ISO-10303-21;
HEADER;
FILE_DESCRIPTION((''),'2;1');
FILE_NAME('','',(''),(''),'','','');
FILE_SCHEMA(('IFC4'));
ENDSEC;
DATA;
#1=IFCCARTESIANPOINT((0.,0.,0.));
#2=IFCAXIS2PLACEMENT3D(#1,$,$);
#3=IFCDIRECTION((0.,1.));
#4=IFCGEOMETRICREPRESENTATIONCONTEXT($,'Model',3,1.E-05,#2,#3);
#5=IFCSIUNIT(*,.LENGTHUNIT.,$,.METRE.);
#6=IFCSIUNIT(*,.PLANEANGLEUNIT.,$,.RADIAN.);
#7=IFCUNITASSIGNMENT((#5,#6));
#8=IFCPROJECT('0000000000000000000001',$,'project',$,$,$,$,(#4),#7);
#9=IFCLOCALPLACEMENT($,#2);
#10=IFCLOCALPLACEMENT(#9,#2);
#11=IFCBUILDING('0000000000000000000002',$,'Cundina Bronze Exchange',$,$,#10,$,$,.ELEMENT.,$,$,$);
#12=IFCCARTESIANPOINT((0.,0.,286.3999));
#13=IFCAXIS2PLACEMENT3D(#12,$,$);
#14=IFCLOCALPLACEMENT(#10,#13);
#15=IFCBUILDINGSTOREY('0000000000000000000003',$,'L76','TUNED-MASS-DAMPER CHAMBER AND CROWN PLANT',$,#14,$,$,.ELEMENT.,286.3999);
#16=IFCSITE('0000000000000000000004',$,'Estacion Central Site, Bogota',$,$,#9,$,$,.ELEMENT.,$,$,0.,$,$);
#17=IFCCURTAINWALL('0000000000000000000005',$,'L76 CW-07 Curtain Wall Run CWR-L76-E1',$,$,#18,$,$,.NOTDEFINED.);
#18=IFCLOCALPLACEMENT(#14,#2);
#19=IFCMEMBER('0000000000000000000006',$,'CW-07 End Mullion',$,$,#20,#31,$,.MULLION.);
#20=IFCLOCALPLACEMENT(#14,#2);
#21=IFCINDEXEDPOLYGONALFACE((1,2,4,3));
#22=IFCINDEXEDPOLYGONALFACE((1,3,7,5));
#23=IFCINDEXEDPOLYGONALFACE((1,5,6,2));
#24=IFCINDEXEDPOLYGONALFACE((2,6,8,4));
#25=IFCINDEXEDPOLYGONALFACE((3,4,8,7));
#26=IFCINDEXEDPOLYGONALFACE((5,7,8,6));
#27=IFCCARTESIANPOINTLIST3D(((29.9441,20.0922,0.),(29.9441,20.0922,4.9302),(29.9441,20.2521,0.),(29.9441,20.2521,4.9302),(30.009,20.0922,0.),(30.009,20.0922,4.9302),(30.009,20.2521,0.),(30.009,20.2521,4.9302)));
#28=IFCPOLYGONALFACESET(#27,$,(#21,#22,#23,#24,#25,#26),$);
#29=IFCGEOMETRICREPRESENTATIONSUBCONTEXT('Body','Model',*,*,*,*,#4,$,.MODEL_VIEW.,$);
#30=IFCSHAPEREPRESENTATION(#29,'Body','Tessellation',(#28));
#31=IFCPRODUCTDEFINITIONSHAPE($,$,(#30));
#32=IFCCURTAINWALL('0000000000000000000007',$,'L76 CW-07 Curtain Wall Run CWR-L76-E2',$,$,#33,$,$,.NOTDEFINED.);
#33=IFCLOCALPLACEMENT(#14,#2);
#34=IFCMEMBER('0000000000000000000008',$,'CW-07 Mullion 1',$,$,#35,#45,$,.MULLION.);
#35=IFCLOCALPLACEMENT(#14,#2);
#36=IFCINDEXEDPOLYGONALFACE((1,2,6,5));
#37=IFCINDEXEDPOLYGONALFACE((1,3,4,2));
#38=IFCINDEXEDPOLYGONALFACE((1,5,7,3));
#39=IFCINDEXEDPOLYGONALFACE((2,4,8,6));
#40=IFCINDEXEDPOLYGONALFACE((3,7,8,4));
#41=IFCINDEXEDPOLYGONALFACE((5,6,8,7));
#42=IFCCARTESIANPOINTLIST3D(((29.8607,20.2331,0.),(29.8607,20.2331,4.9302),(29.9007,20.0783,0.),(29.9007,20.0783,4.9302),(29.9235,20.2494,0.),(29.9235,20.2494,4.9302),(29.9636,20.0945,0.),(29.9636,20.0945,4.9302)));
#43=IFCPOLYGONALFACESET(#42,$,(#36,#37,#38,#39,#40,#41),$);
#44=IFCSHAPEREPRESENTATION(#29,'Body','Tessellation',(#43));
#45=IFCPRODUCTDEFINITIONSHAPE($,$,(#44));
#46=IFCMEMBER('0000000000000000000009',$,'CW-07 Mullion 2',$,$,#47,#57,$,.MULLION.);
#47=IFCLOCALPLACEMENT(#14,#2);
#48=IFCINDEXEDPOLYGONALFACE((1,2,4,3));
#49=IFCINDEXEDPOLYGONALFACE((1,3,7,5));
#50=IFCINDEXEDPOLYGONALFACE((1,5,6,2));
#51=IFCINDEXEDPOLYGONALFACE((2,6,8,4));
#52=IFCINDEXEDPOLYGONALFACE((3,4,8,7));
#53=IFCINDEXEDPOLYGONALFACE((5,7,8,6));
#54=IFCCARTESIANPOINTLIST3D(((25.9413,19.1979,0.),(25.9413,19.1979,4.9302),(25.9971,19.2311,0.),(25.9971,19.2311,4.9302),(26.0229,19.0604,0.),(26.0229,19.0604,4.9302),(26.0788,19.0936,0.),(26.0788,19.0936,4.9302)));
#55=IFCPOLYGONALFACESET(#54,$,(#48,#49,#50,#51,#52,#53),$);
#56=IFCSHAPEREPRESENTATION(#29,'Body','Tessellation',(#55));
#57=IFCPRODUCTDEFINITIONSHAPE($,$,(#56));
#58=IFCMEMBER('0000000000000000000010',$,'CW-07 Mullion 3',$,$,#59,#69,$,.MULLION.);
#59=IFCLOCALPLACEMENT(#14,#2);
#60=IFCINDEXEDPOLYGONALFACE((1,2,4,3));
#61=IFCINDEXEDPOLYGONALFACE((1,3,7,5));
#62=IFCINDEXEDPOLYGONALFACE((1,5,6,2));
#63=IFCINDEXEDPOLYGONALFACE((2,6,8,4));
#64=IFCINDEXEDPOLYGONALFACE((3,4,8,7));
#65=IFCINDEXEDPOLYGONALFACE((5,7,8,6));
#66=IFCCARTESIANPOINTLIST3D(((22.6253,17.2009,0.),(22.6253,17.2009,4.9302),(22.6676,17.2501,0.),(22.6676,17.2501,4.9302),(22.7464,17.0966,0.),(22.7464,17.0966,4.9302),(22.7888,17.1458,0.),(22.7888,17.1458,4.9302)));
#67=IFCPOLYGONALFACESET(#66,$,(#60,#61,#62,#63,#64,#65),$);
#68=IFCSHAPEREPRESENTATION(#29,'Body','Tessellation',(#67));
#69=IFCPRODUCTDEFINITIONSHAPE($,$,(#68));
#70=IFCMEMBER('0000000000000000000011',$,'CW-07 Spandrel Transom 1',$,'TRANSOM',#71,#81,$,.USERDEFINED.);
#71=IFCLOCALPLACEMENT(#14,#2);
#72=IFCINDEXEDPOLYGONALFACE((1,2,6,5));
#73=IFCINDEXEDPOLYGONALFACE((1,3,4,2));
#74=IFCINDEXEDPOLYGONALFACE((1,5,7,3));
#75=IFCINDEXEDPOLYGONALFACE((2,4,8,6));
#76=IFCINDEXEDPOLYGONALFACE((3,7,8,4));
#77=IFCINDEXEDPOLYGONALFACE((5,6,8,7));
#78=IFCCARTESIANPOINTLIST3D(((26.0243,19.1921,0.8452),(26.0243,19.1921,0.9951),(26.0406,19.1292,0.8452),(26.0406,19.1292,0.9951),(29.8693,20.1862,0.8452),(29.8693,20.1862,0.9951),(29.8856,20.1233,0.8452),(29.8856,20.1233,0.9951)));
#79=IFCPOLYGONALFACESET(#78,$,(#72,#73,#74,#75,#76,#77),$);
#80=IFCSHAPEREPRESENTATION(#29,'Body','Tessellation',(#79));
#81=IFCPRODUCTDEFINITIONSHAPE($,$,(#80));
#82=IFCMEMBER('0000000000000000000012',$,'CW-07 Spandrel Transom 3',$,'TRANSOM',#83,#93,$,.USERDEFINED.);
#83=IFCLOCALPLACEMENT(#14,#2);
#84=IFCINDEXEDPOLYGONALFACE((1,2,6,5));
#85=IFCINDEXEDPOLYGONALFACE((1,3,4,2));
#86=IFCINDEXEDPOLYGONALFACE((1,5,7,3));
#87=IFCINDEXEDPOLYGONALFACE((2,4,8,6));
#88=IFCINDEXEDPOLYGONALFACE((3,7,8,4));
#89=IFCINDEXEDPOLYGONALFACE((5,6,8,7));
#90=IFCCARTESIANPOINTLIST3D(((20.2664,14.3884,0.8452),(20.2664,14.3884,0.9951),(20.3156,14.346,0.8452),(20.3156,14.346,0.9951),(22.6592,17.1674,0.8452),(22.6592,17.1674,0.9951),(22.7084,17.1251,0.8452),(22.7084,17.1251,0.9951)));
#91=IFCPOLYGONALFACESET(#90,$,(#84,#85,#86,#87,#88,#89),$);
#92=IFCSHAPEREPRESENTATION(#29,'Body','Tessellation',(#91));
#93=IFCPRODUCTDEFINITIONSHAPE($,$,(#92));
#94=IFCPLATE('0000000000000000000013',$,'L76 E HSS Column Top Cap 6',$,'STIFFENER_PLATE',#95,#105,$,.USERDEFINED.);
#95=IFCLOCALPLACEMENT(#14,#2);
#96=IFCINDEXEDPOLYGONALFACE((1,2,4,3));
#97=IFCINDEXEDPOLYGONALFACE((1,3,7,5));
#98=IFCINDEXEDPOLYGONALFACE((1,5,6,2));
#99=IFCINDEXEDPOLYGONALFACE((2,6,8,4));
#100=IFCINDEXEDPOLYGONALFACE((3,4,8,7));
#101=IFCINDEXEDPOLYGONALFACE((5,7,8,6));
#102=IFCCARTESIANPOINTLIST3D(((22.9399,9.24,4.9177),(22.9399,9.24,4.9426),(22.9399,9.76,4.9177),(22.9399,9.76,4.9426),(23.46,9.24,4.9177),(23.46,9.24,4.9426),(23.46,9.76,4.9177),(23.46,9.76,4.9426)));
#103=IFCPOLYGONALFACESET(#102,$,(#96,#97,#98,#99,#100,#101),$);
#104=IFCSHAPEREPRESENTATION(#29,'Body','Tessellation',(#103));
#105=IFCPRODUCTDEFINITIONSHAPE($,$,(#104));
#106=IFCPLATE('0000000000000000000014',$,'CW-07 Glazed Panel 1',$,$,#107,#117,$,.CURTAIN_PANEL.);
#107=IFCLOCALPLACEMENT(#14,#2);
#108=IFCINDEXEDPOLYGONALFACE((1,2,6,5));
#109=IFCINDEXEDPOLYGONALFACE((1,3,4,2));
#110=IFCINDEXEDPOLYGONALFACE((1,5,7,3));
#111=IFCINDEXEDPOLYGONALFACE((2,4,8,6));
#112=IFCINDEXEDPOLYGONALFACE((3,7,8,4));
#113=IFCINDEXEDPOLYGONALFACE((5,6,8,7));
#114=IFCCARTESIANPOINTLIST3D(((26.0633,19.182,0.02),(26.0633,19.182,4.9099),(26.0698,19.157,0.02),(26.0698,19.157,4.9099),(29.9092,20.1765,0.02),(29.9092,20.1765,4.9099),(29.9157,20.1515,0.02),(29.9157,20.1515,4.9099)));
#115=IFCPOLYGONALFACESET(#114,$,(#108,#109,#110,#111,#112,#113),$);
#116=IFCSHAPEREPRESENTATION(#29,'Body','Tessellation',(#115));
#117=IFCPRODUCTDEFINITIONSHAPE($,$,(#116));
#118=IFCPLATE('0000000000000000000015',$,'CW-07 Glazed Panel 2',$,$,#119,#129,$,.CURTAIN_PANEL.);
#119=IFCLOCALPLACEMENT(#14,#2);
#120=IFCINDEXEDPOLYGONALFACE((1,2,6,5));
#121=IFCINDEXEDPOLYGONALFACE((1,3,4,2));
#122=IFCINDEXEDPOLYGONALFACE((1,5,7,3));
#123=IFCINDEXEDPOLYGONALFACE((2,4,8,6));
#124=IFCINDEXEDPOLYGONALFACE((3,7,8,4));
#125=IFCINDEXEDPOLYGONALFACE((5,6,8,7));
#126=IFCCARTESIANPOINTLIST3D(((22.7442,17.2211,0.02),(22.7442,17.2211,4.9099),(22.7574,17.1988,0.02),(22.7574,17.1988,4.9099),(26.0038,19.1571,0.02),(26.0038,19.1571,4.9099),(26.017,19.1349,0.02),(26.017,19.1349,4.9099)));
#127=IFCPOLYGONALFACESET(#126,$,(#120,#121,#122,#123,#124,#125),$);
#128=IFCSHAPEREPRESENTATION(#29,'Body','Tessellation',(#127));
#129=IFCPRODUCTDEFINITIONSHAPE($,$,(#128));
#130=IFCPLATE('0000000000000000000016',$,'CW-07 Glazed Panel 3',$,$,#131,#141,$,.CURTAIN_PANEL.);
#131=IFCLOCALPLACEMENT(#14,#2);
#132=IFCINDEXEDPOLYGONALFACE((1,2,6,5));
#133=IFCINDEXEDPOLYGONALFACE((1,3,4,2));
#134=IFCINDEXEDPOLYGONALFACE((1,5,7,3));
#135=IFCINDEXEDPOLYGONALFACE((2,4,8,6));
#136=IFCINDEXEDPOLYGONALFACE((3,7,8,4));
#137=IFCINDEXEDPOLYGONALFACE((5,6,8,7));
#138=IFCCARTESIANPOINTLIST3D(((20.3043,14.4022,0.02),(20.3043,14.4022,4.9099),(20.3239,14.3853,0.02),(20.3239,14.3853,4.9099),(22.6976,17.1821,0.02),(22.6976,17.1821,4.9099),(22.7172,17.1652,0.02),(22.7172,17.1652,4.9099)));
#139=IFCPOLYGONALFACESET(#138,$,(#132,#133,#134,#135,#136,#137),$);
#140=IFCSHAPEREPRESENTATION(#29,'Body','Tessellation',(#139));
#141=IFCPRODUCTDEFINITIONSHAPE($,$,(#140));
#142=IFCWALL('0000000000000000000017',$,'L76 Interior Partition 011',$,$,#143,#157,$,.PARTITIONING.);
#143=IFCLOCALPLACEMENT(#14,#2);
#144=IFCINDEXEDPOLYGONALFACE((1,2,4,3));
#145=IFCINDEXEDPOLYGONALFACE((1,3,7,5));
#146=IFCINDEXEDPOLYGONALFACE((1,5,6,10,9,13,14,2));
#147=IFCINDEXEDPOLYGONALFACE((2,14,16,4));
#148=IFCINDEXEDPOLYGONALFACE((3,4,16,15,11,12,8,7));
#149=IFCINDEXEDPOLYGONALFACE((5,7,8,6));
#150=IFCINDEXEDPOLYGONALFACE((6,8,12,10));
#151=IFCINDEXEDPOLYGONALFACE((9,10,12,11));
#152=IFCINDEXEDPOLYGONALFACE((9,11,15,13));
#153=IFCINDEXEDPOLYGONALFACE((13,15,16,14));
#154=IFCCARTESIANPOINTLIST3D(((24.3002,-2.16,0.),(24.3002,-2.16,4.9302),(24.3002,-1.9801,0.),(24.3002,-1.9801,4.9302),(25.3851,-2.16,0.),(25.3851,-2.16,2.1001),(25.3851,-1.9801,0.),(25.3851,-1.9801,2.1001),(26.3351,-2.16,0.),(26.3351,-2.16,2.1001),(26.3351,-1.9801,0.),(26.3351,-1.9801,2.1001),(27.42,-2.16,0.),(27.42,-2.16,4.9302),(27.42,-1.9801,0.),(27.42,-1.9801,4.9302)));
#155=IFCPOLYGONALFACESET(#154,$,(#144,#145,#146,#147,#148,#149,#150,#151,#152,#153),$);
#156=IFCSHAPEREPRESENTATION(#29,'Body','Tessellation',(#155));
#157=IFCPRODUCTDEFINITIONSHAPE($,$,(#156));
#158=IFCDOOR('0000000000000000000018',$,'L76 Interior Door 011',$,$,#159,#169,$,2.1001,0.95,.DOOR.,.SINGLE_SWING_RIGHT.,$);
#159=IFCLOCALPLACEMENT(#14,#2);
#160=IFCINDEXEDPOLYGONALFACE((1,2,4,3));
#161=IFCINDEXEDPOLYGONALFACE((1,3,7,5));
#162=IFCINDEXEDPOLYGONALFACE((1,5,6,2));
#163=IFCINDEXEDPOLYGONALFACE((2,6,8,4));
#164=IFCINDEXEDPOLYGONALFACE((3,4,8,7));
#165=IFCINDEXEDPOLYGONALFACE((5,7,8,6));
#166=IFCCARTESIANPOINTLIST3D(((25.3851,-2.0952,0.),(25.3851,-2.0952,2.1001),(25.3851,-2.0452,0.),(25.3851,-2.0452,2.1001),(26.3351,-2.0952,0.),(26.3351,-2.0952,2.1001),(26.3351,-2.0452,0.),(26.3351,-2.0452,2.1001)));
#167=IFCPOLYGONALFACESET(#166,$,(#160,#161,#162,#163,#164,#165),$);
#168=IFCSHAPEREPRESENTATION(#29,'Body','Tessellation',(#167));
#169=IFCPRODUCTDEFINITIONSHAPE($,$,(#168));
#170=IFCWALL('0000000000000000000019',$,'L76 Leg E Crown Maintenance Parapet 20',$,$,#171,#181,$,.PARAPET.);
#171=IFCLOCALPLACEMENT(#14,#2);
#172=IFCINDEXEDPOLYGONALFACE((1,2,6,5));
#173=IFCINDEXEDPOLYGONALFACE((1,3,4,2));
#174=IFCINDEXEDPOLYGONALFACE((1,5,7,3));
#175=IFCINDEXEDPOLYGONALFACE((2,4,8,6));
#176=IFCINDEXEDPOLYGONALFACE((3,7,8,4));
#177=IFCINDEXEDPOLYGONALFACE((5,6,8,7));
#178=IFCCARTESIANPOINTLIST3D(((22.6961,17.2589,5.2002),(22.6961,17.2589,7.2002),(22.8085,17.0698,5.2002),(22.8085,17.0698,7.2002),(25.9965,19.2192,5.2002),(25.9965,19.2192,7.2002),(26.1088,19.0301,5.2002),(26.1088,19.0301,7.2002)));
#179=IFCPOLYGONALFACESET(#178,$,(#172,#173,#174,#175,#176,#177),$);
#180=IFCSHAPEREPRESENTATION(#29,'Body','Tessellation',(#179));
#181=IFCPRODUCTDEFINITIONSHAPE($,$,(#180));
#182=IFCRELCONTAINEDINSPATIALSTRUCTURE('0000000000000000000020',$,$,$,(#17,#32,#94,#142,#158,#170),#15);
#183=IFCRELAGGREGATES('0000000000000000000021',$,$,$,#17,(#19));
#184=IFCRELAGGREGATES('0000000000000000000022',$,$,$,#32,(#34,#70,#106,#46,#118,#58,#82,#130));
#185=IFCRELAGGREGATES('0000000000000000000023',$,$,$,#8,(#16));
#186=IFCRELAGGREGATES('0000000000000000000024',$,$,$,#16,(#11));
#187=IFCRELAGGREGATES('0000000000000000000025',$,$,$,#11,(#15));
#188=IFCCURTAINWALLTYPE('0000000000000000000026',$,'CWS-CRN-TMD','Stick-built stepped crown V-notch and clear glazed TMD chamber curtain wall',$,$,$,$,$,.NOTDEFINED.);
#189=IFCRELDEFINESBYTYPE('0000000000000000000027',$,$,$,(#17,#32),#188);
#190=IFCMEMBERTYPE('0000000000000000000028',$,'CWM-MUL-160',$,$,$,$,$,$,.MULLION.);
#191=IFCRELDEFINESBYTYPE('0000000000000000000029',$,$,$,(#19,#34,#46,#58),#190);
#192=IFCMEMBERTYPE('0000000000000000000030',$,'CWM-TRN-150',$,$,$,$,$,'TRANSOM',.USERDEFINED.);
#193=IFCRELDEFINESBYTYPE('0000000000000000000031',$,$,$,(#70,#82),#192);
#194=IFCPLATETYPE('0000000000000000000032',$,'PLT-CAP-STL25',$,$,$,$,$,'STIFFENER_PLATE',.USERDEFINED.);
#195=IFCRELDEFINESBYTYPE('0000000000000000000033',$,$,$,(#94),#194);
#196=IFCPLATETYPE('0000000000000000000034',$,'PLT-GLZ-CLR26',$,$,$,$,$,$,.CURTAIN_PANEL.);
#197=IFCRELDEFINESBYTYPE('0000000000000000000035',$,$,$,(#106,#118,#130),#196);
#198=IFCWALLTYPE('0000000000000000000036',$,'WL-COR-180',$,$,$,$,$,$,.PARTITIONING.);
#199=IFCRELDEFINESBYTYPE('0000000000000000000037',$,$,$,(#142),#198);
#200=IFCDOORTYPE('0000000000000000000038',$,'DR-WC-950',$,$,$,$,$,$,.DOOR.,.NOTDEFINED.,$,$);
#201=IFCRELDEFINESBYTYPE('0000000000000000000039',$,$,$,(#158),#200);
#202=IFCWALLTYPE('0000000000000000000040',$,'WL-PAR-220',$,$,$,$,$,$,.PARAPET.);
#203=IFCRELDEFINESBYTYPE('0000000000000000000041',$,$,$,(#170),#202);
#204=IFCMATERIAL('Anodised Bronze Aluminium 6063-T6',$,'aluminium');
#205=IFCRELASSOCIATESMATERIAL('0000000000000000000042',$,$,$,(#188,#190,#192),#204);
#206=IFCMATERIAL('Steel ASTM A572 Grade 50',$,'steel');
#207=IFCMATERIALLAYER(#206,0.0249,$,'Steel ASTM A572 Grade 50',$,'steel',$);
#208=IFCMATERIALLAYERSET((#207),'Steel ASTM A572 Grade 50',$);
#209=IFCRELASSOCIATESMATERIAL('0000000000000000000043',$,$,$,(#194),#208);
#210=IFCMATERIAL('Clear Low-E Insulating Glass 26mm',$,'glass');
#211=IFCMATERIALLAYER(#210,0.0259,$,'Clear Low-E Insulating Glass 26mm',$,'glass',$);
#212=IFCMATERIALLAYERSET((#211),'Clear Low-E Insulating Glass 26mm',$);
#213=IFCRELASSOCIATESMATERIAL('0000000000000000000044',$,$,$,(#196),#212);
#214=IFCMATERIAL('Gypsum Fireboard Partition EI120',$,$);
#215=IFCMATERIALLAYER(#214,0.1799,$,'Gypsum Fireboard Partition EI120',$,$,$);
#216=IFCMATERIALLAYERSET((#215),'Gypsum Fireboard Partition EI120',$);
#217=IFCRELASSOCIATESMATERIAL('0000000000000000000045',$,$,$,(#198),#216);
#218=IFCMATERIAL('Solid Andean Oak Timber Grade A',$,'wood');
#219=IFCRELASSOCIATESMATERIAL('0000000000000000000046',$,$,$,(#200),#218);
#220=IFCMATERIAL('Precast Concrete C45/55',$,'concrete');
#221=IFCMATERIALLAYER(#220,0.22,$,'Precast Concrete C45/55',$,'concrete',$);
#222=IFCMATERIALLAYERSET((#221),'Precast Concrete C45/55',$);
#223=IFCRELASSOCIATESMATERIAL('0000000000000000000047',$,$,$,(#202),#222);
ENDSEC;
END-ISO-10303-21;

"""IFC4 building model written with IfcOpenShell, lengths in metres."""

from ifc_helpers import new_model, si_unit, direction, frame, frame_2d, origin, origin_2d, place, context, subcontext, project, spatial, rectangle, extrude, material, layer, layer_set, material_profile, profile_set, type_object, element, fill, aggregate, save


model = new_model("IFC4")

# Units and contexts
model_context = context("Model", 3, precision=1e-05, world=origin(), true_north=direction((0.0, 1.0)))
body_context = subcontext(model_context, "Body", "Model", "MODEL_VIEW")
ifc_project = project(units=[si_unit("LENGTHUNIT", "METRE"), si_unit("PLANEANGLEUNIT", "RADIAN")], contexts=[model_context])

# Site, building, storey
site_placement = place(None, origin())
site = spatial("IfcSite", under=ifc_project, at=site_placement, Name="Estacion Central Site, Bogota", CompositionType="ELEMENT", RefElevation=0.0)
building_placement = place(site_placement, origin())
building = spatial("IfcBuilding", under=site, at=building_placement, Name="Cundina Bronze Exchange", CompositionType="ELEMENT")
storey_placement = place(building_placement, frame((0.0, 0.0, 286.3999)))
storey = spatial("IfcBuildingStorey", under=building, at=storey_placement, Name="L76", Description="TUNED-MASS-DAMPER CHAMBER AND CROWN PLANT", CompositionType="ELEMENT", Elevation=286.3999)

# Curtain wall, member
ifc_material_1 = material(Name="Anodised Bronze Aluminium 6063-T6", Category="aluminium")
curtain_wall_type = type_object("IfcCurtainWallType", Name="CWS-CRN-TMD", Description="Stick-built stepped crown V-notch and clear glazed TMD chamber curtain wall", PredefinedType="NOTDEFINED", material=ifc_material_1)
curtain_wall_1_placement = place(storey_placement, origin())
curtain_wall_1 = element("IfcCurtainWall", 1, at=curtain_wall_1_placement, inside=storey, type_object=curtain_wall_type, Name="L76 CW-07 Curtain Wall Run CWR-L76-E1", PredefinedType="NOTDEFINED")
ifc_material_profile_1 = material_profile(ifc_material_1, rectangle(XDim=0.0649, YDim=0.1599, at=origin_2d()), Name="AL65X160", Category="aluminium")
ifc_profile_set_1 = profile_set([ifc_material_profile_1], Name="Anodised Bronze Aluminium 6063-T6")
member_type_1 = type_object("IfcMemberType", Name="CWM-MUL-160", PredefinedType="MULLION", material=ifc_profile_set_1)
member_1_placement = place(storey_placement, frame((29.9766, 20.1721, 0.0), z_axis=(0.0, 0.0, 1.0), x_axis=(-1.0, 0.0, 0.0)))
member_1 = element("IfcMember", 2, at=member_1_placement, type_object=member_type_1, Name="CW-07 End Mullion", PredefinedType="MULLION", context=body_context, shape_type="SweptSolid", body=[
    extrude(rectangle(XDim=0.0649, YDim=0.1599, at=origin_2d()), origin(), (0.0, 0.0, 1.0), 4.9302),
])
aggregate(curtain_wall_1, [member_1])

# Curtain wall, members
curtain_wall_2_placement = place(storey_placement, origin())
curtain_wall_2 = element("IfcCurtainWall", 3, at=curtain_wall_2_placement, inside=storey, type_object=curtain_wall_type, Name="L76 CW-07 Curtain Wall Run CWR-L76-E2", PredefinedType="NOTDEFINED")
member_2_placement = place(storey_placement, frame((29.9121, 20.1638, 0.0), z_axis=(0.0, 0.0, 1.0), x_axis=(-0.968148, -0.25038, 0.0)))
member_2 = element("IfcMember", 4, at=member_2_placement, type_object=member_type_1, Name="CW-07 Mullion 1", PredefinedType="MULLION", context=body_context, shape_type="SweptSolid", body=[
    extrude(rectangle(XDim=0.0649, YDim=0.1599, at=origin_2d()), origin(), (0.0, 0.0, 1.0), 4.9302),
])
member_3_placement = place(storey_placement, frame((26.01, 19.1458, 0.0), z_axis=(0.0, 0.0, 1.0), x_axis=(-0.859763, -0.510693, 0.0)))
member_3 = element("IfcMember", 5, at=member_3_placement, type_object=member_type_1, Name="CW-07 Mullion 2", PredefinedType="MULLION", context=body_context, shape_type="SweptSolid", body=[
    extrude(rectangle(XDim=0.0649, YDim=0.1599, at=origin_2d()), origin(), (0.0, 0.0, 1.0), 4.9302),
])
member_4_placement = place(storey_placement, frame((22.707, 17.1733, 0.0), z_axis=(0.0, 0.0, 1.0), x_axis=(-0.652495, -0.757793, 0.0)))
member_4 = element("IfcMember", 6, at=member_4_placement, type_object=member_type_1, Name="CW-07 Mullion 3", PredefinedType="MULLION", context=body_context, shape_type="SweptSolid", body=[
    extrude(rectangle(XDim=0.0649, YDim=0.1599, at=origin_2d()), origin(), (0.0, 0.0, 1.0), 4.9302),
])
ifc_material_profile_2 = material_profile(ifc_material_1, rectangle(XDim=0.0649, YDim=0.1499, at=origin_2d()), Name="AL65X150", Category="aluminium")
ifc_profile_set_2 = profile_set([ifc_material_profile_2], Name="Anodised Bronze Aluminium 6063-T6")
member_type_2 = type_object("IfcMemberType", Name="CWM-TRN-150", ElementType="TRANSOM", PredefinedType="USERDEFINED", material=ifc_profile_set_2)
member_5_placement = place(storey_placement, frame((29.8774, 20.1548, 0.9202), z_axis=(-0.968162, -0.250324, 0.0), x_axis=(0.250324, -0.968162, 0.0)))
member_5 = element("IfcMember", 7, at=member_5_placement, type_object=member_type_2, Name="CW-07 Spandrel Transom 1", ObjectType="TRANSOM", PredefinedType="USERDEFINED", context=body_context, shape_type="SweptSolid", body=[
    extrude(rectangle(XDim=0.0649, YDim=0.1499, at=origin_2d()), origin(), (0.0, 0.0, 1.0), 3.9714),
])
member_6_placement = place(storey_placement, frame((22.6838, 17.1462, 0.9202), z_axis=(-0.652484, -0.757803, 0.0), x_axis=(0.757803, -0.652484, 0.0)))
member_6 = element("IfcMember", 8, at=member_6_placement, type_object=member_type_2, Name="CW-07 Spandrel Transom 3", ObjectType="TRANSOM", PredefinedType="USERDEFINED", context=body_context, shape_type="SweptSolid", body=[
    extrude(rectangle(XDim=0.0649, YDim=0.1499, at=origin_2d()), origin(), (0.0, 0.0, 1.0), 3.6672),
])

# Plates
ifc_material_2 = material(Name="Steel ASTM A572 Grade 50", Category="steel")
ifc_layer_1 = layer(ifc_material_2, 0.0249, Name="Steel ASTM A572 Grade 50", Category="steel")
ifc_layer_set_1 = layer_set([ifc_layer_1], Name="Steel ASTM A572 Grade 50")
plate_type_1 = type_object("IfcPlateType", Name="PLT-CAP-STL25", ElementType="STIFFENER_PLATE", PredefinedType="USERDEFINED", material=ifc_layer_set_1)
plate_1_placement = place(storey_placement, frame((23.2, 9.5, 4.9177), z_axis=(0.0, 0.0, 1.0), x_axis=(1.0, 0.0, 0.0)))
element("IfcPlate", 9, at=plate_1_placement, inside=storey, type_object=plate_type_1, Name="L76 E HSS Column Top Cap 6", ObjectType="STIFFENER_PLATE", PredefinedType="USERDEFINED", context=body_context, shape_type="SweptSolid", body=[
    extrude(rectangle(XDim=0.52, YDim=0.52, at=origin_2d()), origin(), (0.0, 0.0, 1.0), 0.0249),
])
ifc_material_3 = material(Name="Clear Low-E Insulating Glass 26mm", Category="glass")
ifc_layer_2 = layer(ifc_material_3, 0.0259, Name="Clear Low-E Insulating Glass 26mm", Category="glass")
ifc_layer_set_2 = layer_set([ifc_layer_2], Name="Clear Low-E Insulating Glass 26mm")
plate_type_2 = type_object("IfcPlateType", Name="PLT-GLZ-CLR26", PredefinedType="CURTAIN_PANEL", material=ifc_layer_set_2)
plate_2_placement = place(storey_placement, frame((27.9895, 19.6667, 0.02), z_axis=(0.0, 0.0, 1.0), x_axis=(-0.968156, -0.250346, 0.0)))
plate_2 = element("IfcPlate", 10, at=plate_2_placement, type_object=plate_type_2, Name="CW-07 Glazed Panel 1", PredefinedType="CURTAIN_PANEL", context=body_context, shape_type="SweptSolid", body=[
    extrude(rectangle(XDim=3.9724, YDim=0.0259, at=origin_2d()), origin(), (0.0, 0.0, 1.0), 4.8899),
])
plate_3_placement = place(storey_placement, frame((24.3806, 18.178, 0.02), z_axis=(0.0, 0.0, 1.0), x_axis=(-0.859781, -0.510663, 0.0)))
plate_3 = element("IfcPlate", 11, at=plate_3_placement, type_object=plate_type_2, Name="CW-07 Glazed Panel 2", PredefinedType="CURTAIN_PANEL", context=body_context, shape_type="SweptSolid", body=[
    extrude(rectangle(XDim=3.7913, YDim=0.0259, at=origin_2d()), origin(), (0.0, 0.0, 1.0), 4.8899),
])
plate_4_placement = place(storey_placement, frame((21.5107, 15.7837, 0.02), z_axis=(0.0, 0.0, 1.0), x_axis=(-0.652456, -0.757827, 0.0)))
plate_4 = element("IfcPlate", 12, at=plate_4_placement, type_object=plate_type_2, Name="CW-07 Glazed Panel 3", PredefinedType="CURTAIN_PANEL", context=body_context, shape_type="SweptSolid", body=[
    extrude(rectangle(XDim=3.6682, YDim=0.0259, at=origin_2d()), origin(), (0.0, 0.0, 1.0), 4.8899),
])
aggregate(curtain_wall_2, [member_2, member_5, plate_2, member_3, plate_3, member_4, member_6, plate_4])

# Wall, opening, door
ifc_material_4 = material(Name="Gypsum Fireboard Partition EI120")
ifc_layer_3 = layer(ifc_material_4, 0.1799, Name="Gypsum Fireboard Partition EI120")
ifc_layer_set_3 = layer_set([ifc_layer_3], Name="Gypsum Fireboard Partition EI120")
wall_type_1 = type_object("IfcWallType", Name="WL-COR-180", PredefinedType="PARTITIONING", material=ifc_layer_set_3)
wall_1_placement = place(storey_placement, frame((24.3, -2.0701, 0.0), z_axis=(0.0, 0.0, 1.0), x_axis=(1.0, 0.0, 0.0)))
wall_1 = element("IfcWall", 13, at=wall_1_placement, inside=storey, type_object=wall_type_1, Name="L76 Interior Partition 011", PredefinedType="PARTITIONING", context=body_context, shape_type="SweptSolid", body=[
    extrude(rectangle(XDim=3.1199, YDim=0.1799, at=frame_2d((1.5601, 0.0))), origin(), (0.0, 0.0, 1.0), 4.9302),
])
opening_1_placement = place(wall_1_placement, frame((1.085, 0.0, 0.0)))
opening_1 = element("IfcOpeningElement", 14, at=opening_1_placement, cuts=wall_1, PredefinedType="OPENING", context=body_context, shape_type="SweptSolid", body=[
    extrude(rectangle(XDim=0.95, YDim=2.1001, at=frame_2d((0.4751, 1.05))), frame((0.0, 0.0999, 0.0), z_axis=(0.0, -1.0, 0.0), x_axis=(1.0, 0.0, 0.0)), (0.0, 0.0, 1.0), 0.2),
])
ifc_material_5 = material(Name="Solid Andean Oak Timber Grade A", Category="wood")
door_type_1 = type_object("IfcDoorType", Name="DR-WC-950", OperationType="NOTDEFINED", PredefinedType="DOOR", material=ifc_material_5)
door_1_placement = place(opening_1_placement, origin())
door_1 = element("IfcDoor", 15, at=door_1_placement, inside=storey, type_object=door_type_1, Name="L76 Interior Door 011", OperationType="SINGLE_SWING_RIGHT", OverallHeight=2.1001, OverallWidth=0.95, PredefinedType="DOOR", context=body_context, shape_type="SweptSolid", body=[
    extrude(rectangle(XDim=0.95, YDim=2.1001, at=frame_2d((0.4751, 1.05))), frame((0.0, 0.0249, 0.0), z_axis=(0.0, -1.0, 0.0), x_axis=(1.0, 0.0, 0.0)), (0.0, 0.0, 1.0), 0.05),
])
fill(opening_1, door_1)

# Wall
ifc_material_6 = material(Name="Precast Concrete C45/55", Category="concrete")
ifc_layer_4 = layer(ifc_material_6, 0.22, Name="Precast Concrete C45/55", Category="concrete")
ifc_layer_set_4 = layer_set([ifc_layer_4], Name="Precast Concrete C45/55")
wall_type_2 = type_object("IfcWallType", Name="WL-PAR-220", PredefinedType="PARAPET", material=ifc_layer_set_4)
wall_2_placement = place(storey_placement, frame((22.7522, 17.1643, 5.2002), z_axis=(0.0, 0.0, 1.0), x_axis=(0.85978, 0.510665, 0.0)))
element("IfcWall", 16, at=wall_2_placement, inside=storey, type_object=wall_type_2, Name="L76 Leg E Crown Maintenance Parapet 20", PredefinedType="PARAPET", context=body_context, shape_type="SweptSolid", body=[
    extrude(rectangle(XDim=3.8386, YDim=0.22, at=frame_2d((1.9194, 0.0))), origin(), (0.0, 0.0, 1.0), 2.0),
])

save(model, "model.ifc")
